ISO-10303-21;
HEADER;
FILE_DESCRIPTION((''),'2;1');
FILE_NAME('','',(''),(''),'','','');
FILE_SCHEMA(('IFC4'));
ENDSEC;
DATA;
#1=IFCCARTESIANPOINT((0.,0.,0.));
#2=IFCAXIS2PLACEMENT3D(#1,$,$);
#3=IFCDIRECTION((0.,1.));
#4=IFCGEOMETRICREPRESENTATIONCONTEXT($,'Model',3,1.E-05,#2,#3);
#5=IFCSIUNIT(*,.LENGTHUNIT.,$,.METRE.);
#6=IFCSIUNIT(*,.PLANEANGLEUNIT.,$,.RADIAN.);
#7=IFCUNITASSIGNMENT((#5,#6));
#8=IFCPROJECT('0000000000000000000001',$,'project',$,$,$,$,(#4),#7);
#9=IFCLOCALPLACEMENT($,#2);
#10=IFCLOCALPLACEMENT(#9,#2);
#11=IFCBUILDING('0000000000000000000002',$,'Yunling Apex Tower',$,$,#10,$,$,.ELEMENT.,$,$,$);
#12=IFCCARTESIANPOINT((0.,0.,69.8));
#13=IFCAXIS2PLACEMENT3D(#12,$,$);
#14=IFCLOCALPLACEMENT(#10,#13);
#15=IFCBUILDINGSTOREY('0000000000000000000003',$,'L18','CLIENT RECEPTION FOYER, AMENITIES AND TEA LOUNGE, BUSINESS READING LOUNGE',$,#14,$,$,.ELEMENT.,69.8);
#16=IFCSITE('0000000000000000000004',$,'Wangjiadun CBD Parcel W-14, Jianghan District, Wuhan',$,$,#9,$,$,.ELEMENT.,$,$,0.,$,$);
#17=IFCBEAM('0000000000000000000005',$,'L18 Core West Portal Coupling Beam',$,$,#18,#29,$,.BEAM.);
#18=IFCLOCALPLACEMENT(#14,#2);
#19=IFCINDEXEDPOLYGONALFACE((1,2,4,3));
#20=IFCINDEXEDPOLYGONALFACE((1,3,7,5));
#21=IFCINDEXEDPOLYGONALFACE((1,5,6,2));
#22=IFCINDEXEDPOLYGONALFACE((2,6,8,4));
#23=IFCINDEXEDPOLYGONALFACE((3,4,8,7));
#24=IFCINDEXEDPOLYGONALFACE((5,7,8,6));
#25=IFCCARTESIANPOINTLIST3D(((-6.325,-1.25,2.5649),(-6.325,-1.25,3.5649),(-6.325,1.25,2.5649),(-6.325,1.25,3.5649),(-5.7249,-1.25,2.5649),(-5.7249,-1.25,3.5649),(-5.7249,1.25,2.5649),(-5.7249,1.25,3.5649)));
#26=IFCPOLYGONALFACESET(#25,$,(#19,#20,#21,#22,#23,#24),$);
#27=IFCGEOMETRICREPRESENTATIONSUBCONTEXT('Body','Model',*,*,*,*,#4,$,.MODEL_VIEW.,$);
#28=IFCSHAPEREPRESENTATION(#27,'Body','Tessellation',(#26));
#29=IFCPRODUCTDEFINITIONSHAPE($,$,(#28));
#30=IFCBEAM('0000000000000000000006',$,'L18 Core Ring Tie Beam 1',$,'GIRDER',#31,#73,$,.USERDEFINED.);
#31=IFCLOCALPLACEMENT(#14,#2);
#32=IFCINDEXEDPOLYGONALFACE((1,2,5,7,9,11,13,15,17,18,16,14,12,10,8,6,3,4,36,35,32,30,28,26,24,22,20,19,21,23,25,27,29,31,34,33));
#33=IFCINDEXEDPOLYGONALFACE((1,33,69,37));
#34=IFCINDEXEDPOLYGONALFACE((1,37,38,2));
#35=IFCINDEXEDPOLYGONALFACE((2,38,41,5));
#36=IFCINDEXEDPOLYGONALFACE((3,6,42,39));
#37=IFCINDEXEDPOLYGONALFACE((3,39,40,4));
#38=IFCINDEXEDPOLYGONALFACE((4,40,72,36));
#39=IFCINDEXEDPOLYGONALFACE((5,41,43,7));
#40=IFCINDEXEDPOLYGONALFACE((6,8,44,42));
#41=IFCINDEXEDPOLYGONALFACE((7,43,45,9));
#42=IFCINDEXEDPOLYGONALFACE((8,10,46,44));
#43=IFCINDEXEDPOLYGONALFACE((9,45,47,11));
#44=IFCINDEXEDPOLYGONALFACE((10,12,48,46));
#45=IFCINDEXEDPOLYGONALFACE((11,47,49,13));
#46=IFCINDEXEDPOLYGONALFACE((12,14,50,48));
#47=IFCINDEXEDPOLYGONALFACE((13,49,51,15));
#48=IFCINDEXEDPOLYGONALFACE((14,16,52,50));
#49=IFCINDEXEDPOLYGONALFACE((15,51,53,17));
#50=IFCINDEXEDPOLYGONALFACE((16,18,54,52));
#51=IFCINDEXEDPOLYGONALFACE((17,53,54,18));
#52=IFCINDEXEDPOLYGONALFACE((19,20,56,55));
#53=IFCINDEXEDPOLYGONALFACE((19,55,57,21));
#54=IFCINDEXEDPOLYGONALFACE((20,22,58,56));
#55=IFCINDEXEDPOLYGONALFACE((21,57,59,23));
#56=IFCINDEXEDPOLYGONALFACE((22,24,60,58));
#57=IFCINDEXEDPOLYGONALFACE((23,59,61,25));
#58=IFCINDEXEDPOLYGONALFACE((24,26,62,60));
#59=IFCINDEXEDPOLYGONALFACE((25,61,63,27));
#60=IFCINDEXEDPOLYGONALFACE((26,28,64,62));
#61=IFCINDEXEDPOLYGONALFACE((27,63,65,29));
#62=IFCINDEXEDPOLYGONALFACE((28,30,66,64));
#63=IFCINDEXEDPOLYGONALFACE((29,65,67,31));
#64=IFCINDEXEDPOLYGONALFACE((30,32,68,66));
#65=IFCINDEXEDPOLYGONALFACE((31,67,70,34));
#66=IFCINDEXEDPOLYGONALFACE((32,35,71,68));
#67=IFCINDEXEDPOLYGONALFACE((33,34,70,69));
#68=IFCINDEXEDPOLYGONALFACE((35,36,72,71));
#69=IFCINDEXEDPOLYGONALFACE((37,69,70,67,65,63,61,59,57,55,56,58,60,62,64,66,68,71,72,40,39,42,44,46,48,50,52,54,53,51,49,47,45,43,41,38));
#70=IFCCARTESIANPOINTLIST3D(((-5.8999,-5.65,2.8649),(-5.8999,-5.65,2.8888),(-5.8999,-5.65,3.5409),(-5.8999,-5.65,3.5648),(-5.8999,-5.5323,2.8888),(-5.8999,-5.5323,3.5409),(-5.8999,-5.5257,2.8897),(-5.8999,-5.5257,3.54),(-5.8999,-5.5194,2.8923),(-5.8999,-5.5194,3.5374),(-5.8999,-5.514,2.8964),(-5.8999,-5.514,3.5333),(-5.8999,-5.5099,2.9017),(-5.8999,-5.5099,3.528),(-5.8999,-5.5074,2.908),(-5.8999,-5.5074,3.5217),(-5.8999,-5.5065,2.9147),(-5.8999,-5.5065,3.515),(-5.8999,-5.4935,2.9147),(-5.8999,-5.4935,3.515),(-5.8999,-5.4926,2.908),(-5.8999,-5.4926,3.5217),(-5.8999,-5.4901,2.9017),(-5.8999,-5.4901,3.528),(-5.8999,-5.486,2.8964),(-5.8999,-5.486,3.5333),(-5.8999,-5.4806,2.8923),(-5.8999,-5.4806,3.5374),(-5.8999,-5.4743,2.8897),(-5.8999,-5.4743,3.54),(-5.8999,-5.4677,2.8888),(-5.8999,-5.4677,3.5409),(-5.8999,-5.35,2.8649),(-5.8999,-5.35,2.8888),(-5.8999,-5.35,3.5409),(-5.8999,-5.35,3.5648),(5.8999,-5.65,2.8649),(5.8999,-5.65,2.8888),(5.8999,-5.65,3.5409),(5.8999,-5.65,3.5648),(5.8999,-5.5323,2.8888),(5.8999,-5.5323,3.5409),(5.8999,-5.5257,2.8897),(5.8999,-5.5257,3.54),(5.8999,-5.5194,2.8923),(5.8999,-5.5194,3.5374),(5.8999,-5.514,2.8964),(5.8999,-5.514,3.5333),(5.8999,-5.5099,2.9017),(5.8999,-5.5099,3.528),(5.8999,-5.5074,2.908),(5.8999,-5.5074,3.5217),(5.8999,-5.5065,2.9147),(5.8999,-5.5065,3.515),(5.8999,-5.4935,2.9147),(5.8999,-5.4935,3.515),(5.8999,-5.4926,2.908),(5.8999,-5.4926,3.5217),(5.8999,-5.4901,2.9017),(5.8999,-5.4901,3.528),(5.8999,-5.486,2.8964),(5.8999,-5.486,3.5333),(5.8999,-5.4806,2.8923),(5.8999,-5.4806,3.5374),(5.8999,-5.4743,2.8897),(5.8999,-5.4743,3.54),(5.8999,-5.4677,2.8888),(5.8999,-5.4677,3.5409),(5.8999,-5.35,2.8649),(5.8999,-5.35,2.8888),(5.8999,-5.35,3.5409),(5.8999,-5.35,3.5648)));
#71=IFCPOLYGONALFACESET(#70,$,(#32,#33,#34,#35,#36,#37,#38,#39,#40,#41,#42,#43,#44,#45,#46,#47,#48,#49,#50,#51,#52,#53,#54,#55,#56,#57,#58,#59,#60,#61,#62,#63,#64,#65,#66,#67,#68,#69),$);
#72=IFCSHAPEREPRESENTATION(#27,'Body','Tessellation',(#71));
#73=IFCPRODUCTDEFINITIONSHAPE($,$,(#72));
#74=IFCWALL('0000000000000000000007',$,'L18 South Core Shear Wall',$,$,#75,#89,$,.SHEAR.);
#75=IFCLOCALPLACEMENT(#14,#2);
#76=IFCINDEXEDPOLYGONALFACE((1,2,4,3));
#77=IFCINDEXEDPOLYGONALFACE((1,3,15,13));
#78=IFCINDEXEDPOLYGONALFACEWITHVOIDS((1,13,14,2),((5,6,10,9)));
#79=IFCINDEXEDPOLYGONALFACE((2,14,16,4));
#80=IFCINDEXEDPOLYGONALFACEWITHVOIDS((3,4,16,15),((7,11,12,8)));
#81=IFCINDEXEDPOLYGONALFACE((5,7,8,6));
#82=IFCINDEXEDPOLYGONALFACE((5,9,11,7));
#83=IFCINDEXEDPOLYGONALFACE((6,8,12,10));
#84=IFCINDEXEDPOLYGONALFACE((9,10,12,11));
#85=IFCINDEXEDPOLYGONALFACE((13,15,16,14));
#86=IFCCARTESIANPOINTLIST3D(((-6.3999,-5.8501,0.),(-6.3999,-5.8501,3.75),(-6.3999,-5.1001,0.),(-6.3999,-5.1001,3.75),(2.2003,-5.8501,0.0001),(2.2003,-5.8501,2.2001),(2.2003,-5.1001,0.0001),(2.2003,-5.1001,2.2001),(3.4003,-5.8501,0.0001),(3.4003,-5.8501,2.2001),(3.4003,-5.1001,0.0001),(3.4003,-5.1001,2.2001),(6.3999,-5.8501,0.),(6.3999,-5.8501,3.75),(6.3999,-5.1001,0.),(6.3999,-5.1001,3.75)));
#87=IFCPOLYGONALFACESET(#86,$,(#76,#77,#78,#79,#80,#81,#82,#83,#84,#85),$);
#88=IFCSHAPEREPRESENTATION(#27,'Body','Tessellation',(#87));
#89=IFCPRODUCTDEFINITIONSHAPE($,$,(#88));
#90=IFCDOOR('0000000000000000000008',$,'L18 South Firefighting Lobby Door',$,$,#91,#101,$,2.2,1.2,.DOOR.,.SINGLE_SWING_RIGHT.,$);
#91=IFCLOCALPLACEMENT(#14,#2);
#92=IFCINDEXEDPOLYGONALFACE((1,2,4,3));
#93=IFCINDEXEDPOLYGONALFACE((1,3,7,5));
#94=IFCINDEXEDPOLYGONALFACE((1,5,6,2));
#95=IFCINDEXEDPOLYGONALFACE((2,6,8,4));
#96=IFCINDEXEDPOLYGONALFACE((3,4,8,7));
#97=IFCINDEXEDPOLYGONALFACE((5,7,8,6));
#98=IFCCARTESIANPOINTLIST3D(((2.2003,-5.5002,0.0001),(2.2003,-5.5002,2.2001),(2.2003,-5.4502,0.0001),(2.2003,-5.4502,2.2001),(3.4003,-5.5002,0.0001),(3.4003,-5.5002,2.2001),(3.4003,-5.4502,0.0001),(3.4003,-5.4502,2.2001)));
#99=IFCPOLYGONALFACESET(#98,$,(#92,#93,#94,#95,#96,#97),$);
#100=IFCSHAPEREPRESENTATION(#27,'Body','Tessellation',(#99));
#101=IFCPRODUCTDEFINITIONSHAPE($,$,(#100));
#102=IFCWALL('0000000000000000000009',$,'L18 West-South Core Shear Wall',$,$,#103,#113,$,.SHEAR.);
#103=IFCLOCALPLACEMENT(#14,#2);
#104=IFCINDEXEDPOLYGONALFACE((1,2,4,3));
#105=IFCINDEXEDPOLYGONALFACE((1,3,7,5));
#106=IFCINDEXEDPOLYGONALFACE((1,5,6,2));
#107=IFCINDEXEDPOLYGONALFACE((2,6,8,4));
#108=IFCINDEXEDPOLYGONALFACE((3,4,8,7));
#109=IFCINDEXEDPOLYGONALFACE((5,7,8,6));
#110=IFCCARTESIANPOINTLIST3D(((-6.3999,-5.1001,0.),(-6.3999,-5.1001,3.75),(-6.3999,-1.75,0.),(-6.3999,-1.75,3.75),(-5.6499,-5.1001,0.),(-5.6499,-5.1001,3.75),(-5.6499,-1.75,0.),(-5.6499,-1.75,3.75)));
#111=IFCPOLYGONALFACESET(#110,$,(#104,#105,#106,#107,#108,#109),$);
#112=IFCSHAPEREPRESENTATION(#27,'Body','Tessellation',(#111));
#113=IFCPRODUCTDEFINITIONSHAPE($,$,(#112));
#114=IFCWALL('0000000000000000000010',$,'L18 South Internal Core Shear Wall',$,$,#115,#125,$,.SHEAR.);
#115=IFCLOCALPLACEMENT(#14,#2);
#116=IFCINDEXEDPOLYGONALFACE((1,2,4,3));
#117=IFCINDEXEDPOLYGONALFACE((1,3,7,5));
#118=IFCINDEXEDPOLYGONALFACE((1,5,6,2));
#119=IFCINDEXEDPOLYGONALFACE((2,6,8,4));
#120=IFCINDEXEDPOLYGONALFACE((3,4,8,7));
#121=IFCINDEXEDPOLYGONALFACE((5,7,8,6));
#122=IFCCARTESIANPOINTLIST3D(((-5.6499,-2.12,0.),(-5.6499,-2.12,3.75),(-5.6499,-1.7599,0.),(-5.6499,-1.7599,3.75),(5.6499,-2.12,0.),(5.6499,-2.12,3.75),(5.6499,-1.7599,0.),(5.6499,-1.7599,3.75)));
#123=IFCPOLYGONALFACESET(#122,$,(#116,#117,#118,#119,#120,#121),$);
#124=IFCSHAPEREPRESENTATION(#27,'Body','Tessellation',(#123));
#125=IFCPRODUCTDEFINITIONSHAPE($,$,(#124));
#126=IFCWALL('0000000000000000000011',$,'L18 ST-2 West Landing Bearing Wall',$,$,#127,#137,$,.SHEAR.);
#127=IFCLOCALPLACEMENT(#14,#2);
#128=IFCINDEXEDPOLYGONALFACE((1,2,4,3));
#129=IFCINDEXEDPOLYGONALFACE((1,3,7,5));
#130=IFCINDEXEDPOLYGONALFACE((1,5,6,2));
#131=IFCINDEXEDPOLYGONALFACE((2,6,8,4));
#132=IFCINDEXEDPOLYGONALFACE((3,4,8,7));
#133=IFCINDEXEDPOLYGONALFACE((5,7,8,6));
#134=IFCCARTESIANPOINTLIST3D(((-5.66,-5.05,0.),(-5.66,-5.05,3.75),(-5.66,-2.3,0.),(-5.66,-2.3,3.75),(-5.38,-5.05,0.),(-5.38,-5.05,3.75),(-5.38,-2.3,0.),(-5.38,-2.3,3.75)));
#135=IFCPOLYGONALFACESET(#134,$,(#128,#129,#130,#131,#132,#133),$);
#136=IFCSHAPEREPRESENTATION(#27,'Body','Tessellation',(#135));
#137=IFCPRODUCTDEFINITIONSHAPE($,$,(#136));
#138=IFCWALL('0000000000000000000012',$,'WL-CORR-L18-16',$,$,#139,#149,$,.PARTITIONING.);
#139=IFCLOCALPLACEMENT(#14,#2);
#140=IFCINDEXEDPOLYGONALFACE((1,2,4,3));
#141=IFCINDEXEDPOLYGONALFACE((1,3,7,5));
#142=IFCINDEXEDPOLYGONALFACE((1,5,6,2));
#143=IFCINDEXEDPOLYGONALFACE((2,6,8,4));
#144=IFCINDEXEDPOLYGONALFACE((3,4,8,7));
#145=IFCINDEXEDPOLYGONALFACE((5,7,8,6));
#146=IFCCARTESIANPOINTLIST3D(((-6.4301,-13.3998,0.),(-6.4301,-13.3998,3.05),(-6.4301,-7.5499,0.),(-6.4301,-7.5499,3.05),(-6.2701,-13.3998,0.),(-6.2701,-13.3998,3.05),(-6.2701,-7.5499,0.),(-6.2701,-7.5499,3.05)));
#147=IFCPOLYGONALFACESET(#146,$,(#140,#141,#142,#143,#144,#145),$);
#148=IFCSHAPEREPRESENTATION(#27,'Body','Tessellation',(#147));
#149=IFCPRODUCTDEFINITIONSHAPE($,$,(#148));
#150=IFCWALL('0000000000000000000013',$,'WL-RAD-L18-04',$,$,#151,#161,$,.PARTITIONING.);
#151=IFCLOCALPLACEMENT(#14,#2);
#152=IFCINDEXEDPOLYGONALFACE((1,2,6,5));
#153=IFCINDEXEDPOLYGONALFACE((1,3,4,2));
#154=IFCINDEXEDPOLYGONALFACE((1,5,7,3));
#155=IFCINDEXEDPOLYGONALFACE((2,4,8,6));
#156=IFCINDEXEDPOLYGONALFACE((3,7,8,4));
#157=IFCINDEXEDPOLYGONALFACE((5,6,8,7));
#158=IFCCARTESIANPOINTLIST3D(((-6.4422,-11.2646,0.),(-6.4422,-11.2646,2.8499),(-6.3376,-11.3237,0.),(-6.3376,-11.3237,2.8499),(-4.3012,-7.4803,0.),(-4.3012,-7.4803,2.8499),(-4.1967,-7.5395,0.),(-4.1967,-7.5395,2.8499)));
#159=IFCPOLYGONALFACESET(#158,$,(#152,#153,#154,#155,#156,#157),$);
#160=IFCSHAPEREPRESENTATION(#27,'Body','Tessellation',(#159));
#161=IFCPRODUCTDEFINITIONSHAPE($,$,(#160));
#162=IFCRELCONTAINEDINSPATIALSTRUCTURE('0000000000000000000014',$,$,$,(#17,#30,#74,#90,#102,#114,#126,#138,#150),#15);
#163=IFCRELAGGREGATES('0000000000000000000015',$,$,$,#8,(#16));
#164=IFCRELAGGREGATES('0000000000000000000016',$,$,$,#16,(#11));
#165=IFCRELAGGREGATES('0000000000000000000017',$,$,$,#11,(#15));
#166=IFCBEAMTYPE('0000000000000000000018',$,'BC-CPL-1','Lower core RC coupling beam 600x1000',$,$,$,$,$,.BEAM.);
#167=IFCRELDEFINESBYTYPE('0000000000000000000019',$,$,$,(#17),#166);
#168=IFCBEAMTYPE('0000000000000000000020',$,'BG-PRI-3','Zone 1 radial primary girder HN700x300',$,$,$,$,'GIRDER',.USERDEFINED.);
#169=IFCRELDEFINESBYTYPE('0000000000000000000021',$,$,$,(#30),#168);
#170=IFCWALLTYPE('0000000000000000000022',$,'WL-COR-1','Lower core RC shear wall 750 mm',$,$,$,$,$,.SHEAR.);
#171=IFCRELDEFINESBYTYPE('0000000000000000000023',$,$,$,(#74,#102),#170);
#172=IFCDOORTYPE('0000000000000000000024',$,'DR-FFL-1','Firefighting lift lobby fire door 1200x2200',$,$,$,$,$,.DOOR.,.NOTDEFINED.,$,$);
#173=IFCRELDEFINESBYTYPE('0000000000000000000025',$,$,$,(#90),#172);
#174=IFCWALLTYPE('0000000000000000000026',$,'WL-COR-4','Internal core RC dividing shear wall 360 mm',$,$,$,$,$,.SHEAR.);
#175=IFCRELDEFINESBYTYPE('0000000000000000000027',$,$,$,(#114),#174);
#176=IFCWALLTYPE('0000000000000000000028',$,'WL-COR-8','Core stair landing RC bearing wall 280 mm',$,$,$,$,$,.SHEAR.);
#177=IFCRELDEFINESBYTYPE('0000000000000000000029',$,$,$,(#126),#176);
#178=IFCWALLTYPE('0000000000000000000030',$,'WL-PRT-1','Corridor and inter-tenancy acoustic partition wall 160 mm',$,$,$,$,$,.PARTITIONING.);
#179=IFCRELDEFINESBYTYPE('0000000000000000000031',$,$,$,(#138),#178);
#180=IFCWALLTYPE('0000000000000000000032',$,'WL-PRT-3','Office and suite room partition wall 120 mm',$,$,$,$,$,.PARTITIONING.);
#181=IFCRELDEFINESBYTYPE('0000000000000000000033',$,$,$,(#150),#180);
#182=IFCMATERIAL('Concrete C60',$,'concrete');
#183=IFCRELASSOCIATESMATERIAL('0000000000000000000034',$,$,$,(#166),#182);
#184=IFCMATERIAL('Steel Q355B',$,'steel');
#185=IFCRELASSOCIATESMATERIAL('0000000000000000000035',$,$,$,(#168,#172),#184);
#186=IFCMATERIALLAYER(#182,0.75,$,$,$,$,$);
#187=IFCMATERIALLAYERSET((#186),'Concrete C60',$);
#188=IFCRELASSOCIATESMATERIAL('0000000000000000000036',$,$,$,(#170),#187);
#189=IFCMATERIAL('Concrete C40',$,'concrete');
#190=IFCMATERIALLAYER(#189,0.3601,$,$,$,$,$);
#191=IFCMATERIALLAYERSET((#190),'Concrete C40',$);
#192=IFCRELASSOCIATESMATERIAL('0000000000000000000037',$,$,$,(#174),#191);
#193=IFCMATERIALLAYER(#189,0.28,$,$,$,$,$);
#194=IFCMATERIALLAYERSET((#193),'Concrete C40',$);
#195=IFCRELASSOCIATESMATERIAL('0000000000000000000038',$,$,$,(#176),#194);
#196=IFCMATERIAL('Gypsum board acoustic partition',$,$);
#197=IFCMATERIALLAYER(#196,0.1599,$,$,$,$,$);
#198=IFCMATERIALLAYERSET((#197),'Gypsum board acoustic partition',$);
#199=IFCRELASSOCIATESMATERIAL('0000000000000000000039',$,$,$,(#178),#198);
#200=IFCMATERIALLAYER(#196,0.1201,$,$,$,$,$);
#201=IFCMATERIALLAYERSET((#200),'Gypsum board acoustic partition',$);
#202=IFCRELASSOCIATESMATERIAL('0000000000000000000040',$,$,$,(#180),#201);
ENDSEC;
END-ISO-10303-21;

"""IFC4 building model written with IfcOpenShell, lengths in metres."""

from ifc_helpers import new_model, si_unit, direction, frame, frame_2d, origin, origin_2d, place, context, subcontext, project, spatial, rectangle, i_section, extrude, source, transform, mapped, material, layer, layer_set, material_profile, profile_set, type_object, element, fill, save


model = new_model("IFC4")

# Units and contexts
model_context = context("Model", 3, precision=1e-05, world=origin(), true_north=direction((0.0, 1.0)))
body_context = subcontext(model_context, "Body", "Model", "MODEL_VIEW")
ifc_project = project(units=[si_unit("LENGTHUNIT", "METRE"), si_unit("PLANEANGLEUNIT", "RADIAN")], contexts=[model_context])

# Site, building, storey
site_placement = place(None, origin())
site = spatial("IfcSite", under=ifc_project, at=site_placement, Name="Wangjiadun CBD Parcel W-14, Jianghan District, Wuhan", CompositionType="ELEMENT", RefElevation=0.0)
building_placement = place(site_placement, origin())
building = spatial("IfcBuilding", under=site, at=building_placement, Name="Yunling Apex Tower", CompositionType="ELEMENT")
storey_placement = place(building_placement, frame((0.0, 0.0, 69.8)))
storey = spatial("IfcBuildingStorey", under=building, at=storey_placement, Name="L18", Description="CLIENT RECEPTION FOYER, AMENITIES AND TEA LOUNGE, BUSINESS READING LOUNGE", CompositionType="ELEMENT", Elevation=69.8)

# Shared definitions
ifc_material_1 = material(Name="Concrete C60", Category="concrete")

# Beams
ifc_material_2 = material(Name="Steel Q355B", Category="steel")
ifc_material_profile_1 = material_profile(ifc_material_1, rectangle(XDim=0.6001, YDim=1.0, at=origin_2d()))
ifc_profile_set_1 = profile_set([ifc_material_profile_1], Name="Concrete C60")
beam_type_1 = type_object("IfcBeamType", Name="BC-CPL-1", Description="Lower core RC coupling beam 600x1000", PredefinedType="BEAM", material=ifc_profile_set_1)
shared_shape_1 = source(origin(), body_context, "Body", "SweptSolid", [
    extrude(rectangle(XDim=0.6001, YDim=1.0, at=origin_2d()), origin(), (0.0, 0.0, 1.0), 2.5),
])
beam_1_placement = place(storey_placement, frame((-6.0249, -1.25, 3.0649), z_axis=(0.0, 1.0, 0.0), x_axis=(-1.0, 0.0, 0.0)))
element("IfcBeam", 1, at=beam_1_placement, inside=storey, type_object=beam_type_1, Name="L18 Core West Portal Coupling Beam", PredefinedType="BEAM", context=body_context, shape_type="MappedRepresentation", body=[
    mapped(shared_shape_1, transform((0.0, 0.0, 0.0), scale=1.0)),
])
ifc_material_profile_2 = material_profile(ifc_material_2, i_section(OverallWidth=0.3, OverallDepth=0.7, WebThickness=0.0129, FlangeThickness=0.0239, FilletRadius=0.0259, at=origin_2d()))
ifc_profile_set_2 = profile_set([ifc_material_profile_2], Name="Steel Q355B")
beam_type_2 = type_object("IfcBeamType", Name="BG-PRI-3", Description="Zone 1 radial primary girder HN700x300", ElementType="GIRDER", PredefinedType="USERDEFINED", material=ifc_profile_set_2)
shared_shape_2 = source(origin(), body_context, "Body", "SweptSolid", [
    extrude(i_section(OverallWidth=0.3, OverallDepth=0.7, WebThickness=0.0129, FlangeThickness=0.0239, FilletRadius=0.0259, at=origin_2d()), origin(), (0.0, 0.0, 1.0), 11.7998),
])
beam_2_placement = place(storey_placement, frame((-5.8999, -5.5, 3.2148), z_axis=(1.0, 0.0, 0.0), x_axis=(0.0, 1.0, 0.0)))
element("IfcBeam", 2, at=beam_2_placement, inside=storey, type_object=beam_type_2, Name="L18 Core Ring Tie Beam 1", ObjectType="GIRDER", PredefinedType="USERDEFINED", context=body_context, shape_type="MappedRepresentation", body=[
    mapped(shared_shape_2, transform((0.0, 0.0, 0.0), scale=1.0)),
])

# Wall, opening, door
ifc_layer_1 = layer(ifc_material_1, 0.75)
ifc_layer_set_1 = layer_set([ifc_layer_1], Name="Concrete C60")
wall_type_1 = type_object("IfcWallType", Name="WL-COR-1", Description="Lower core RC shear wall 750 mm", PredefinedType="SHEAR", material=ifc_layer_set_1)
wall_1_placement = place(storey_placement, frame((-6.3999, -5.4751, 0.0), z_axis=(0.0, 0.0, 1.0), x_axis=(1.0, 0.0, 0.0)))
wall_1 = element("IfcWall", 3, at=wall_1_placement, inside=storey, type_object=wall_type_1, Name="L18 South Core Shear Wall", PredefinedType="SHEAR", context=body_context, shape_type="SweptSolid", body=[
    extrude(rectangle(XDim=12.7998, YDim=0.75, at=frame_2d((6.3999, 0.0))), origin(), (0.0, 0.0, 1.0), 3.75),
])
opening_1_placement = place(wall_1_placement, frame((8.6001, 0.0, 0.0)))
opening_1 = element("IfcOpeningElement", 4, at=opening_1_placement, cuts=wall_1, PredefinedType="OPENING", context=body_context, shape_type="SweptSolid", body=[
    extrude(rectangle(XDim=1.2, YDim=2.2, at=frame_2d((0.6001, 1.1001))), frame((0.0, 0.385, 0.0), z_axis=(0.0, -1.0, 0.0), x_axis=(1.0, 0.0, 0.0)), (0.0, 0.0, 1.0), 0.77),
])
door_type_1 = type_object("IfcDoorType", Name="DR-FFL-1", Description="Firefighting lift lobby fire door 1200x2200", OperationType="NOTDEFINED", PredefinedType="DOOR", material=ifc_material_2)
door_1_placement = place(opening_1_placement, origin())
door_1 = element("IfcDoor", 5, at=door_1_placement, inside=storey, type_object=door_type_1, Name="L18 South Firefighting Lobby Door", OperationType="SINGLE_SWING_RIGHT", OverallHeight=2.2, OverallWidth=1.2, PredefinedType="DOOR", context=body_context, shape_type="SweptSolid", body=[
    extrude(rectangle(XDim=1.2, YDim=2.2, at=frame_2d((0.6001, 1.1001))), frame((0.0, 0.0249, 0.0), z_axis=(0.0, -1.0, 0.0), x_axis=(1.0, 0.0, 0.0)), (0.0, 0.0, 1.0), 0.05),
])
fill(opening_1, door_1)

# Walls
wall_2_placement = place(storey_placement, frame((-6.0249, -5.1001, 0.0), z_axis=(0.0, 0.0, 1.0), x_axis=(0.0, 1.0, 0.0)))
element("IfcWall", 6, at=wall_2_placement, inside=storey, type_object=wall_type_1, Name="L18 West-South Core Shear Wall", PredefinedType="SHEAR", context=body_context, shape_type="SweptSolid", body=[
    extrude(rectangle(XDim=3.3501, YDim=0.75, at=frame_2d((1.675, 0.0))), origin(), (0.0, 0.0, 1.0), 3.75),
])
ifc_material_3 = material(Name="Concrete C40", Category="concrete")
ifc_layer_2 = layer(ifc_material_3, 0.3601)
ifc_layer_set_2 = layer_set([ifc_layer_2], Name="Concrete C40")
wall_type_2 = type_object("IfcWallType", Name="WL-COR-4", Description="Internal core RC dividing shear wall 360 mm", PredefinedType="SHEAR", material=ifc_layer_set_2)
wall_3_placement = place(storey_placement, frame((-5.6499, -1.9399, 0.0), z_axis=(0.0, 0.0, 1.0), x_axis=(1.0, 0.0, 0.0)))
element("IfcWall", 7, at=wall_3_placement, inside=storey, type_object=wall_type_2, Name="L18 South Internal Core Shear Wall", PredefinedType="SHEAR", context=body_context, shape_type="SweptSolid", body=[
    extrude(rectangle(XDim=11.2998, YDim=0.3601, at=frame_2d((5.6499, 0.0))), origin(), (0.0, 0.0, 1.0), 3.75),
])
ifc_layer_3 = layer(ifc_material_3, 0.28)
ifc_layer_set_3 = layer_set([ifc_layer_3], Name="Concrete C40")
wall_type_3 = type_object("IfcWallType", Name="WL-COR-8", Description="Core stair landing RC bearing wall 280 mm", PredefinedType="SHEAR", material=ifc_layer_set_3)
wall_4_placement = place(storey_placement, frame((-5.52, -5.05, 0.0), z_axis=(0.0, 0.0, 1.0), x_axis=(0.0, 1.0, 0.0)))
element("IfcWall", 8, at=wall_4_placement, inside=storey, type_object=wall_type_3, Name="L18 ST-2 West Landing Bearing Wall", PredefinedType="SHEAR", context=body_context, shape_type="SweptSolid", body=[
    extrude(rectangle(XDim=2.75, YDim=0.28, at=frame_2d((1.375, 0.0))), origin(), (0.0, 0.0, 1.0), 3.75),
])
ifc_material_4 = material(Name="Gypsum board acoustic partition")
ifc_layer_4 = layer(ifc_material_4, 0.1599)
ifc_layer_set_4 = layer_set([ifc_layer_4], Name="Gypsum board acoustic partition")
wall_type_4 = type_object("IfcWallType", Name="WL-PRT-1", Description="Corridor and inter-tenancy acoustic partition wall 160 mm", PredefinedType="PARTITIONING", material=ifc_layer_set_4)
wall_5_placement = place(storey_placement, frame((-6.3501, -7.55, 0.0), z_axis=(0.0, 0.0, 1.0), x_axis=(0.0, -1.0, 0.0)))
element("IfcWall", 9, at=wall_5_placement, inside=storey, type_object=wall_type_4, Name="WL-CORR-L18-16", PredefinedType="PARTITIONING", context=body_context, shape_type="SweptSolid", body=[
    extrude(rectangle(XDim=5.8499, YDim=0.1599, at=frame_2d((2.9248, 0.0))), origin(), (0.0, 0.0, 1.0), 3.05),
])
ifc_layer_5 = layer(ifc_material_4, 0.1201)
ifc_layer_set_5 = layer_set([ifc_layer_5], Name="Gypsum board acoustic partition")
wall_type_5 = type_object("IfcWallType", Name="WL-PRT-3", Description="Office and suite room partition wall 120 mm", PredefinedType="PARTITIONING", material=ifc_layer_set_5)
wall_6_placement = place(storey_placement, frame((-4.249, -7.51, 0.0), z_axis=(0.0, 0.0, 1.0), x_axis=(-0.492403, -0.870367, 0.0)))
element("IfcWall", 10, at=wall_6_placement, inside=storey, type_object=wall_type_5, Name="WL-RAD-L18-04", PredefinedType="PARTITIONING", context=body_context, shape_type="SweptSolid", body=[
    extrude(rectangle(XDim=4.3479, YDim=0.1201, at=frame_2d((2.1738, 0.0))), origin(), (0.0, 0.0, 1.0), 2.8499),
])

save(model, "model.ifc")
